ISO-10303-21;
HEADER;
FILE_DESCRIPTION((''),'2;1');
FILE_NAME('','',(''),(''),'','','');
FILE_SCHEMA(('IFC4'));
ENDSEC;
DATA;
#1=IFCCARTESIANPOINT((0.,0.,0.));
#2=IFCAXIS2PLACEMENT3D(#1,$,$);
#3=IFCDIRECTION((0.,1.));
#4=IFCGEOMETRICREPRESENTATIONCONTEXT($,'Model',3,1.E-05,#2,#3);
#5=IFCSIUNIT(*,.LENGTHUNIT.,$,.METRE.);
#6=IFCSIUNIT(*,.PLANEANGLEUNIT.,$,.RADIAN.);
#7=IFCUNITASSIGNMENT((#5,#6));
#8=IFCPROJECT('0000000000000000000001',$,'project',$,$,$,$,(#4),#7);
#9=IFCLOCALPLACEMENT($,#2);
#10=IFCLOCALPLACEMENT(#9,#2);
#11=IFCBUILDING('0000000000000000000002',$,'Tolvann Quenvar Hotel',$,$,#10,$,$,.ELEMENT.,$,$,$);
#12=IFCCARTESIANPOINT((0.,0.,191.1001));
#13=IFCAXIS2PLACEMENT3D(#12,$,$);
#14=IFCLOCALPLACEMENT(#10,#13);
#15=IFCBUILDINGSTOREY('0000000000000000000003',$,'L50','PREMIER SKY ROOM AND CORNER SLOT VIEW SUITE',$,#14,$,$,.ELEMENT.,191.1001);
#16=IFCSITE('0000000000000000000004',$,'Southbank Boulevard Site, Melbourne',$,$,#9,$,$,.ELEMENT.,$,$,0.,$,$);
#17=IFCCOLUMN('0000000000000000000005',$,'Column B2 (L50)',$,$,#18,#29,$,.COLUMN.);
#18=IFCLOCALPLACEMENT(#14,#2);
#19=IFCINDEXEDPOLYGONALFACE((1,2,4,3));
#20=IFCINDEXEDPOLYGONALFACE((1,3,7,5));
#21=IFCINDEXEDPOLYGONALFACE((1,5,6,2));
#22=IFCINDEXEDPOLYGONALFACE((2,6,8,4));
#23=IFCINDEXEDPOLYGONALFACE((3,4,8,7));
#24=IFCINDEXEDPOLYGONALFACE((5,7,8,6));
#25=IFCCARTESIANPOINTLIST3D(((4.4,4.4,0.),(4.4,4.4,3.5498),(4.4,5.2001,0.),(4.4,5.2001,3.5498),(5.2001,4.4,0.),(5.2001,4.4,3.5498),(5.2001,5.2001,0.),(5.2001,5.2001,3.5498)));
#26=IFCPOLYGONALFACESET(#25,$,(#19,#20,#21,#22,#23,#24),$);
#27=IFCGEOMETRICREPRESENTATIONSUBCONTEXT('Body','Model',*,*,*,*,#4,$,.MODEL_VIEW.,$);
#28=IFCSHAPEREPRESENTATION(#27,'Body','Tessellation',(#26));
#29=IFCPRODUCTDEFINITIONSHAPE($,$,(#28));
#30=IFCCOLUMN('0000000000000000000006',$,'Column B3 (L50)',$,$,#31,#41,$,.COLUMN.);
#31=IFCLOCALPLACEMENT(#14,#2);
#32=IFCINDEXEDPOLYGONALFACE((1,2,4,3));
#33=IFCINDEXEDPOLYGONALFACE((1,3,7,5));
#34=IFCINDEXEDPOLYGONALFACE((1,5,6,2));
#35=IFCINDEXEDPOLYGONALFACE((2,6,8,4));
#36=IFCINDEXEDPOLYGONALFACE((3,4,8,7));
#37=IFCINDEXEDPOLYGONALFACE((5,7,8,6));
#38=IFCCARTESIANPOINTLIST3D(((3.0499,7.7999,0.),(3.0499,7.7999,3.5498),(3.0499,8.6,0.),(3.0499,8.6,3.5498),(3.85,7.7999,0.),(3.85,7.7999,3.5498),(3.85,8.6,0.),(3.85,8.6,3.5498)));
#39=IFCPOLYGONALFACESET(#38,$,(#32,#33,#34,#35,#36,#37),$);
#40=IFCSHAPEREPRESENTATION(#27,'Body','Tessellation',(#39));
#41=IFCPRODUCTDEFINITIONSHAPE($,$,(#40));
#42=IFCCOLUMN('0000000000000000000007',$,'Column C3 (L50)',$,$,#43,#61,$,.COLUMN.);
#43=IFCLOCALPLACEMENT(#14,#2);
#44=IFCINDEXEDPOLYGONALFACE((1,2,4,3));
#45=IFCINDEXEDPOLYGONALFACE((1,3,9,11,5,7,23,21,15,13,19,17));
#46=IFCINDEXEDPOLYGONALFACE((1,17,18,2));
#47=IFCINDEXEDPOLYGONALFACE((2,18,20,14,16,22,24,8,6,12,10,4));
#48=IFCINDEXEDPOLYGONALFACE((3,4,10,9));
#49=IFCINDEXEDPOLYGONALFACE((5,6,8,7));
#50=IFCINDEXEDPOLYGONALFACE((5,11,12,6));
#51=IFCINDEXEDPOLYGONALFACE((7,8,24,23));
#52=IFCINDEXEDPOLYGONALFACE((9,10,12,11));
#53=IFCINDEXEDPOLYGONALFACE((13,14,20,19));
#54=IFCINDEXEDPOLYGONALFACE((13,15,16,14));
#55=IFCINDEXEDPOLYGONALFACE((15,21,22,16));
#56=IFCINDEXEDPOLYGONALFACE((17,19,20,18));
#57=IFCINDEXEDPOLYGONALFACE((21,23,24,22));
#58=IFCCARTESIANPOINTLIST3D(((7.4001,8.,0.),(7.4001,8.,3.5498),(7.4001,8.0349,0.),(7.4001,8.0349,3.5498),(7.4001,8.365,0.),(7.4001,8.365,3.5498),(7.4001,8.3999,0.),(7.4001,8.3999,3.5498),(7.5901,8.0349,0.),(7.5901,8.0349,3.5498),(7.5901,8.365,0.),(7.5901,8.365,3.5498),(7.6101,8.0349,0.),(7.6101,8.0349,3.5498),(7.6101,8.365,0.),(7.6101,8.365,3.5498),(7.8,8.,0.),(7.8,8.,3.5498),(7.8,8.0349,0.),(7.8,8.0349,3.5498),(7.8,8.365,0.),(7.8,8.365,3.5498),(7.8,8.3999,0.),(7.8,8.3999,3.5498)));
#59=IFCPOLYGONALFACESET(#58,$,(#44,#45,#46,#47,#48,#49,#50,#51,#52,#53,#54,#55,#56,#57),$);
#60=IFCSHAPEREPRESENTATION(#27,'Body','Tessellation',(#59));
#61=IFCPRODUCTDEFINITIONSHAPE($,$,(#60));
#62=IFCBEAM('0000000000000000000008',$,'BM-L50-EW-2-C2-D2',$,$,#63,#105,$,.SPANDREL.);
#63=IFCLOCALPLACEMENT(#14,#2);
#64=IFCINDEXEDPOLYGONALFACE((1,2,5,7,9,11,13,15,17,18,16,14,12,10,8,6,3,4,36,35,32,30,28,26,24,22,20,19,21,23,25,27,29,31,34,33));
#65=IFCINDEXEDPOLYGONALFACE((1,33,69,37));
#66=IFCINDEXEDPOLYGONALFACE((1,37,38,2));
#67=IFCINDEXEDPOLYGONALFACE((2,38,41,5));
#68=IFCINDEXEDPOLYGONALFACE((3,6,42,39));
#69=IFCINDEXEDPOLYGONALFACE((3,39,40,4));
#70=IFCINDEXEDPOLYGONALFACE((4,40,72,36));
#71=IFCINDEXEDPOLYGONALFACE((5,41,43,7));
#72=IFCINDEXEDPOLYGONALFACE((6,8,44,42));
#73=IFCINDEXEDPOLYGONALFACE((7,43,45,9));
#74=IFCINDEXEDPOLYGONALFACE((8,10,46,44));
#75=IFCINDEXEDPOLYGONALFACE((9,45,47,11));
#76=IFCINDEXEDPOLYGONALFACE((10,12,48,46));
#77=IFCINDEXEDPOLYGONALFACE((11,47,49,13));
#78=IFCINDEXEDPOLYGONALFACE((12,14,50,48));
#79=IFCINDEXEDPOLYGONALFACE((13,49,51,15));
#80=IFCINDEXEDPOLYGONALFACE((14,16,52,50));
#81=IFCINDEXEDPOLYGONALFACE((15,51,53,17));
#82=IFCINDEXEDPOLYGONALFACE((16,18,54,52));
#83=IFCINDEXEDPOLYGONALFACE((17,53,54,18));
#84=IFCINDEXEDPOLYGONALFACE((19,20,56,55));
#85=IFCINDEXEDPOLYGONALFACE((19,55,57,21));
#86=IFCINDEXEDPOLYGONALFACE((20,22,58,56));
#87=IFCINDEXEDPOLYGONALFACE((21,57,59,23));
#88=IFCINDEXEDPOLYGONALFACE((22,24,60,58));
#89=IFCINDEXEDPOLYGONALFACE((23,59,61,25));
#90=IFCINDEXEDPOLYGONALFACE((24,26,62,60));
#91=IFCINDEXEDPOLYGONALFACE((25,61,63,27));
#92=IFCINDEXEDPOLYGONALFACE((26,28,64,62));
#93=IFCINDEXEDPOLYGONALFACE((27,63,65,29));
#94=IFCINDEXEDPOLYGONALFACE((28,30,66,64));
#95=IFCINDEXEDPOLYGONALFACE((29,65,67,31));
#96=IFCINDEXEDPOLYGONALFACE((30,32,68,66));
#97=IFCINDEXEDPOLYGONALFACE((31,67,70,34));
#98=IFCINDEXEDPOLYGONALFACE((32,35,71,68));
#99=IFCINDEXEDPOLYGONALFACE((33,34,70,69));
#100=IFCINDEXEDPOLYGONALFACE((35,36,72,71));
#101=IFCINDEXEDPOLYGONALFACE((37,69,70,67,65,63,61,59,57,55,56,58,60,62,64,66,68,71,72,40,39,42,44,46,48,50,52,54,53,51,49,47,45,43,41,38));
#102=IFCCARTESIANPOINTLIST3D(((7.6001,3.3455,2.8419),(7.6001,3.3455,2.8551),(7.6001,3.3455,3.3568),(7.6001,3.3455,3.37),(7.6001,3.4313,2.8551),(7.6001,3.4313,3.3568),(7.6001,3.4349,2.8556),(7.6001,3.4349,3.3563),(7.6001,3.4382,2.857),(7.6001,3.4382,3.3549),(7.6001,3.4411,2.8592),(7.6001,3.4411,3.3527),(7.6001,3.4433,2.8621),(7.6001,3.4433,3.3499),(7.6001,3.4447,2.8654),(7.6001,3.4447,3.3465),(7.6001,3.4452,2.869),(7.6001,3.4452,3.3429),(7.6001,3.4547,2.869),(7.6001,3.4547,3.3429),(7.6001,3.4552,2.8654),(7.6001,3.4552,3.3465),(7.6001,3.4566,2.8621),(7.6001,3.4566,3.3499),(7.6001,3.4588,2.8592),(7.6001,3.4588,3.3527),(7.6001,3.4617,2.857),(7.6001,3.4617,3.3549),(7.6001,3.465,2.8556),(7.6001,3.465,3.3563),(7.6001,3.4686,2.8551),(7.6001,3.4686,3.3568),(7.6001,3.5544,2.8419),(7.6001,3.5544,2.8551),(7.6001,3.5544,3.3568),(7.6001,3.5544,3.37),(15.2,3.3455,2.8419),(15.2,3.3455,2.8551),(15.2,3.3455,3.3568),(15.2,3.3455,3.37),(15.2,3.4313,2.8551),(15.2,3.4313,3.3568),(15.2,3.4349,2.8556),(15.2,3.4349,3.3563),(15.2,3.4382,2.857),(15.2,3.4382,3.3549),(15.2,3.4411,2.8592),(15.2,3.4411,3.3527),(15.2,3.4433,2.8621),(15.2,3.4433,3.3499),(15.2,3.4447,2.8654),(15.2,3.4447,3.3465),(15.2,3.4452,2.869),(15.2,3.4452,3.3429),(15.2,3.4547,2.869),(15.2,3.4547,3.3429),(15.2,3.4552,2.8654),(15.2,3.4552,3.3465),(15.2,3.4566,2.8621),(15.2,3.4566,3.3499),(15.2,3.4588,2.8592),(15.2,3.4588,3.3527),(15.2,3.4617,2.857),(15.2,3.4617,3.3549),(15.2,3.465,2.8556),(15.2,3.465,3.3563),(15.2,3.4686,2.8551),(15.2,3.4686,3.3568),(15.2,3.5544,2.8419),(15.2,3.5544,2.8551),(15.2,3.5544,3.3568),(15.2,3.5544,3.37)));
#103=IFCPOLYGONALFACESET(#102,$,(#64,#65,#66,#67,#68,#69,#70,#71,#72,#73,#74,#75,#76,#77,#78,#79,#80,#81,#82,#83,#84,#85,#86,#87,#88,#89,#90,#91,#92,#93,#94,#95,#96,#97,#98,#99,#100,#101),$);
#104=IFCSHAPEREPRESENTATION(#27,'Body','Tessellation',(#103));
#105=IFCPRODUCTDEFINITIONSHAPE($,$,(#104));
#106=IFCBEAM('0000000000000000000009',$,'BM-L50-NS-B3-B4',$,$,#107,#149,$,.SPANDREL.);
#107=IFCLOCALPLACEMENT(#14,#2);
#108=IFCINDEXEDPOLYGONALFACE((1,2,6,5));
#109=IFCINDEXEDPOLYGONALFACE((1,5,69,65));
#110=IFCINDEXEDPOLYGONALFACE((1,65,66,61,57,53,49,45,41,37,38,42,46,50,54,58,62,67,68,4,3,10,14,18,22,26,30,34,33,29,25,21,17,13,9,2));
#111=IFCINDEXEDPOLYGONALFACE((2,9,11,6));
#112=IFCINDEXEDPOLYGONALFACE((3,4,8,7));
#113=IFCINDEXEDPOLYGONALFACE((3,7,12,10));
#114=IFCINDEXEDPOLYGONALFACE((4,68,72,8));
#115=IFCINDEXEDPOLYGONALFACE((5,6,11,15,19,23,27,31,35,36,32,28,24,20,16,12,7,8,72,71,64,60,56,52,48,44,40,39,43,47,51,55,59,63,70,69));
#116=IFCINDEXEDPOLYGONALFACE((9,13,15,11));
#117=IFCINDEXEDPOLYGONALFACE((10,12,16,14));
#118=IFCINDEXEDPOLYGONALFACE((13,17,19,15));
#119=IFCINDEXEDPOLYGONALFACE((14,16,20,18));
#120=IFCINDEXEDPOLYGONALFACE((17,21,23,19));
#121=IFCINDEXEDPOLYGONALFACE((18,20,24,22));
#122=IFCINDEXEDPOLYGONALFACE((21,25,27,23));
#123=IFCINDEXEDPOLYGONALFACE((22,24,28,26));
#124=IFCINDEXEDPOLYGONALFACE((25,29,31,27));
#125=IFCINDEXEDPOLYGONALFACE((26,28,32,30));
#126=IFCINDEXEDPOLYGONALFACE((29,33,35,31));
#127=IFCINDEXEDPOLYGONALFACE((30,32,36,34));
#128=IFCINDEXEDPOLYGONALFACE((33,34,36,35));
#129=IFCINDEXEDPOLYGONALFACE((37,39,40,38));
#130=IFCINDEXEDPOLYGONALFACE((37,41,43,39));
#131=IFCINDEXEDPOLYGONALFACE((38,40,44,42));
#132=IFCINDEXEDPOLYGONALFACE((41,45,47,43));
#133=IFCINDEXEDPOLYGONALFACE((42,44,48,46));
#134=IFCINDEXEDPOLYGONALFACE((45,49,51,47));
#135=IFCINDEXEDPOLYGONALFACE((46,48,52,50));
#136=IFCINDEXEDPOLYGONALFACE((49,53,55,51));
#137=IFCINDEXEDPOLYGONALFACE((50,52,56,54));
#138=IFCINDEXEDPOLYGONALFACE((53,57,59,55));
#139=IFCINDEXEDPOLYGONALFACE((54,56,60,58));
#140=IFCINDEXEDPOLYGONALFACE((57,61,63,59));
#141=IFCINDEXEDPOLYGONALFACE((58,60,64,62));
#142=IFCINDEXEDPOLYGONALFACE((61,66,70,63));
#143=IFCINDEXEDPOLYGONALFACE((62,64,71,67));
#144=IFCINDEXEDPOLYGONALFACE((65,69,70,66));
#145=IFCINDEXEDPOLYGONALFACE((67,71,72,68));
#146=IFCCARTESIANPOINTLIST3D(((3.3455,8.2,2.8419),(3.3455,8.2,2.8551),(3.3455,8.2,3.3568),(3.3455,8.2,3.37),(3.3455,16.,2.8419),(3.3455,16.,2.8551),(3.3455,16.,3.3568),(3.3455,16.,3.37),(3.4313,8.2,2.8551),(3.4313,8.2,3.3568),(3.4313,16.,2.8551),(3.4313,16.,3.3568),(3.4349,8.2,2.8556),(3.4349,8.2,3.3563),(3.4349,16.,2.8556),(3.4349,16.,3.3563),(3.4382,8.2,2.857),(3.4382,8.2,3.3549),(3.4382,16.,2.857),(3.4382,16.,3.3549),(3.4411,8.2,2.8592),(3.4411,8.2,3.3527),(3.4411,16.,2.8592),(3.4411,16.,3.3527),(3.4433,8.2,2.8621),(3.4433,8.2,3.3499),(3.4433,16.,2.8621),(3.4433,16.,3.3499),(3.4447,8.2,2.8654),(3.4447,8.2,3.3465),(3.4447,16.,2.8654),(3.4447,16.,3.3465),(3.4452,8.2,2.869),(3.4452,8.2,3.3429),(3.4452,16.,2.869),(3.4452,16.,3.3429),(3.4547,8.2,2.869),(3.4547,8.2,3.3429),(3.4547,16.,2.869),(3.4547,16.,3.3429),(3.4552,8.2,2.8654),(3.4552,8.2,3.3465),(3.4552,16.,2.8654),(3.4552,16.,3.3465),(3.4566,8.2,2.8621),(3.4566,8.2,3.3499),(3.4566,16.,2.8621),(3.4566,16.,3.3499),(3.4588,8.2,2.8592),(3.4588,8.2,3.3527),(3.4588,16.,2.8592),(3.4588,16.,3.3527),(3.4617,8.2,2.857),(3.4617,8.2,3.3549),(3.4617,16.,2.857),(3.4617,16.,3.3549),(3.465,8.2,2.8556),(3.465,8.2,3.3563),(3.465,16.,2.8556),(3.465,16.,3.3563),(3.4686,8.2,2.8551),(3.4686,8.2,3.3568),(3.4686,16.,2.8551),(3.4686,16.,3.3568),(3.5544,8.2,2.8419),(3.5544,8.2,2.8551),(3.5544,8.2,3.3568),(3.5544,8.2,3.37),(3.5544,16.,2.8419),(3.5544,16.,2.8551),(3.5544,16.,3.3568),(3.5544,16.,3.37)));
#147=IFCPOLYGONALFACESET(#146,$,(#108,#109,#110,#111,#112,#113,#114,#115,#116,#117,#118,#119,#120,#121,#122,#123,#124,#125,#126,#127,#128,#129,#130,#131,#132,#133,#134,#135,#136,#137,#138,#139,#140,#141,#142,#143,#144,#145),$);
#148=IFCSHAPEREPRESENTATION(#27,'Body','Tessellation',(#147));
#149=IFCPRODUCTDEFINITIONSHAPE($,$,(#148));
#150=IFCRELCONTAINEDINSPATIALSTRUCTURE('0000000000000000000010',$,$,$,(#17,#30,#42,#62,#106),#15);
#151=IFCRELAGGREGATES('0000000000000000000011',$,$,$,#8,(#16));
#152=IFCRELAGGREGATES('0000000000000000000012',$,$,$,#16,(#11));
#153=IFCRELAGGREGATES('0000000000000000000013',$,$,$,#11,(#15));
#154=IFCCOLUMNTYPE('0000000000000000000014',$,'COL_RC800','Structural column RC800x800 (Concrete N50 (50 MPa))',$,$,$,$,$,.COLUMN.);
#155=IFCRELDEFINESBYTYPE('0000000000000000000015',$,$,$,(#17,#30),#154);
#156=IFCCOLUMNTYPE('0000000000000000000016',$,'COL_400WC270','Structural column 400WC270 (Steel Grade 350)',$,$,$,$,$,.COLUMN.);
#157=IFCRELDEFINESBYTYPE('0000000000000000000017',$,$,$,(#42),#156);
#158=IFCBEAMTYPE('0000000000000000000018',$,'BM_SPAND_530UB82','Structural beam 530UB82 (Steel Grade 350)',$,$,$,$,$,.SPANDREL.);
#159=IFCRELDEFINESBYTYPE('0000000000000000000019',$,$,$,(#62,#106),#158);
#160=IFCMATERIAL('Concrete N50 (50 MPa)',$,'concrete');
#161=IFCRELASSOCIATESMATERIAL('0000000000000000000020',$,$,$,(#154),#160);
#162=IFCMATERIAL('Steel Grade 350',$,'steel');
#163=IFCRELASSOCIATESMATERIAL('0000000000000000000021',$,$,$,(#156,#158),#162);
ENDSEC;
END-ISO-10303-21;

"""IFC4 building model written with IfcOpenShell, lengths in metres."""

from ifc_helpers import new_model, si_unit, direction, frame, origin, origin_2d, place, context, subcontext, project, spatial, rectangle, i_section, extrude, source, transform, mapped, material, material_profile, profile_set, type_object, type_shapes, element, save


model = new_model("IFC4")

# Units and contexts
model_context = context("Model", 3, precision=1e-05, world=origin(), true_north=direction((0.0, 1.0)))
body_context = subcontext(model_context, "Body", "Model", "MODEL_VIEW")
ifc_project = project(units=[si_unit("LENGTHUNIT", "METRE"), si_unit("PLANEANGLEUNIT", "RADIAN")], contexts=[model_context])

# Site, building, storey
site_placement = place(None, origin())
site = spatial("IfcSite", under=ifc_project, at=site_placement, Name="Southbank Boulevard Site, Melbourne", CompositionType="ELEMENT", RefElevation=0.0)
building_placement = place(site_placement, origin())
building = spatial("IfcBuilding", under=site, at=building_placement, Name="Tolvann Quenvar Hotel", CompositionType="ELEMENT")
storey_placement = place(building_placement, frame((0.0, 0.0, 191.1001)))
storey = spatial("IfcBuildingStorey", under=building, at=storey_placement, Name="L50", Description="PREMIER SKY ROOM AND CORNER SLOT VIEW SUITE", CompositionType="ELEMENT", Elevation=191.1001)

# Columns
ifc_material_1 = material(Name="Concrete N50 (50 MPa)", Category="concrete")
ifc_material_profile_1 = material_profile(ifc_material_1, rectangle(XDim=0.8, YDim=0.8, at=origin_2d()), Name="RC800x800")
ifc_profile_set_1 = profile_set([ifc_material_profile_1], Name="Concrete N50 (50 MPa)")
column_type_1 = type_object("IfcColumnType", Name="COL_RC800", Description="Structural column RC800x800 (Concrete N50 (50 MPa))", PredefinedType="COLUMN", material=ifc_profile_set_1)
shared_shape_1 = source(origin(), body_context, "Body", "SweptSolid", [
    extrude(rectangle(XDim=0.8, YDim=0.8, at=origin_2d()), origin(), (0.0, 0.0, 1.0), 3.5498),
])
type_shapes(column_type_1, [shared_shape_1])
for number, where, z_axis, x_axis, name in (
    (1, (4.8, 4.8, 0.0), (0.0, 0.0, 1.0), (1.0, 0.0, 0.0), "Column B2 (L50)"),
    (2, (3.45, 8.2, 0.0), (0.0, 0.0, 1.0), (1.0, 0.0, 0.0), "Column B3 (L50)"),
):
    element("IfcColumn", number, at=place(storey_placement, frame(where, z_axis=z_axis, x_axis=x_axis)), inside=storey, type_object=column_type_1, Name=name, PredefinedType="COLUMN", context=body_context, shape_type="MappedRepresentation", body=[
        mapped(shared_shape_1, transform((0.0, 0.0, 0.0), x_axis=(1.0, 0.0, 0.0), y_axis=(0.0, 1.0, 0.0), z_axis=(0.0, 0.0, 1.0), scale=1.0)),
    ])
ifc_material_2 = material(Name="Steel Grade 350", Category="steel")
ifc_material_profile_2 = material_profile(ifc_material_2, i_section(OverallWidth=0.3999, OverallDepth=0.3999, WebThickness=0.02, FlangeThickness=0.0349, at=origin_2d()), Name="400WC270")
ifc_profile_set_2 = profile_set([ifc_material_profile_2], Name="Steel Grade 350")
column_type_2 = type_object("IfcColumnType", Name="COL_400WC270", Description="Structural column 400WC270 (Steel Grade 350)", PredefinedType="COLUMN", material=ifc_profile_set_2)
shared_shape_2 = source(origin(), body_context, "Body", "SweptSolid", [
    extrude(i_section(OverallWidth=0.3999, OverallDepth=0.3999, WebThickness=0.02, FlangeThickness=0.0349, at=origin_2d()), origin(), (0.0, 0.0, 1.0), 3.5498),
])
type_shapes(column_type_2, [shared_shape_2])
column_placement = place(storey_placement, frame((7.6001, 8.2, 0.0), z_axis=(0.0, 0.0, 1.0), x_axis=(1.0, 0.0, 0.0)))
element("IfcColumn", 3, at=column_placement, inside=storey, type_object=column_type_2, Name="Column C3 (L50)", PredefinedType="COLUMN", context=body_context, shape_type="MappedRepresentation", body=[
    mapped(shared_shape_2, transform((0.0, 0.0, 0.0), x_axis=(1.0, 0.0, 0.0), y_axis=(0.0, 1.0, 0.0), z_axis=(0.0, 0.0, 1.0), scale=1.0)),
])

# Beams
ifc_material_profile_3 = material_profile(ifc_material_2, i_section(OverallWidth=0.209, OverallDepth=0.5281, WebThickness=0.0095, FlangeThickness=0.0132, FilletRadius=0.0139, at=origin_2d()), Name="530UB82")
ifc_profile_set_3 = profile_set([ifc_material_profile_3], Name="Steel Grade 350")
beam_type_1 = type_object("IfcBeamType", Name="BM_SPAND_530UB82", Description="Structural beam 530UB82 (Steel Grade 350)", PredefinedType="SPANDREL", material=ifc_profile_set_3)
shared_shape_3 = source(origin(), body_context, "Body", "SweptSolid", [
    extrude(i_section(OverallWidth=0.209, OverallDepth=0.5281, WebThickness=0.0095, FlangeThickness=0.0132, FilletRadius=0.0139, at=origin_2d()), origin(), (0.0, 0.0, 1.0), 7.5999),
])
beam_1_placement = place(storey_placement, frame((7.6001, 3.45, 3.106), z_axis=(1.0, 0.0, 0.0), x_axis=(0.0, 1.0, 0.0)))
element("IfcBeam", 4, at=beam_1_placement, inside=storey, type_object=beam_type_1, Name="BM-L50-EW-2-C2-D2", PredefinedType="SPANDREL", context=body_context, shape_type="MappedRepresentation", body=[
    mapped(shared_shape_3, transform((0.0, 0.0, 0.0), x_axis=(1.0, 0.0, 0.0), y_axis=(0.0, 1.0, 0.0), z_axis=(0.0, 0.0, 1.0), scale=1.0)),
])
shared_shape_4 = source(origin(), body_context, "Body", "SweptSolid", [
    extrude(i_section(OverallWidth=0.209, OverallDepth=0.5281, WebThickness=0.0095, FlangeThickness=0.0132, FilletRadius=0.0139, at=origin_2d()), origin(), (0.0, 0.0, 1.0), 7.8),
])
beam_2_placement = place(storey_placement, frame((3.45, 8.2, 3.106), z_axis=(0.0, 1.0, 0.0), x_axis=(-1.0, 0.0, 0.0)))
element("IfcBeam", 5, at=beam_2_placement, inside=storey, type_object=beam_type_1, Name="BM-L50-NS-B3-B4", PredefinedType="SPANDREL", context=body_context, shape_type="MappedRepresentation", body=[
    mapped(shared_shape_4, transform((0.0, 0.0, 0.0), x_axis=(1.0, 0.0, 0.0), y_axis=(0.0, 1.0, 0.0), z_axis=(0.0, 0.0, 1.0), scale=1.0)),
])

save(model, "model.ifc")
